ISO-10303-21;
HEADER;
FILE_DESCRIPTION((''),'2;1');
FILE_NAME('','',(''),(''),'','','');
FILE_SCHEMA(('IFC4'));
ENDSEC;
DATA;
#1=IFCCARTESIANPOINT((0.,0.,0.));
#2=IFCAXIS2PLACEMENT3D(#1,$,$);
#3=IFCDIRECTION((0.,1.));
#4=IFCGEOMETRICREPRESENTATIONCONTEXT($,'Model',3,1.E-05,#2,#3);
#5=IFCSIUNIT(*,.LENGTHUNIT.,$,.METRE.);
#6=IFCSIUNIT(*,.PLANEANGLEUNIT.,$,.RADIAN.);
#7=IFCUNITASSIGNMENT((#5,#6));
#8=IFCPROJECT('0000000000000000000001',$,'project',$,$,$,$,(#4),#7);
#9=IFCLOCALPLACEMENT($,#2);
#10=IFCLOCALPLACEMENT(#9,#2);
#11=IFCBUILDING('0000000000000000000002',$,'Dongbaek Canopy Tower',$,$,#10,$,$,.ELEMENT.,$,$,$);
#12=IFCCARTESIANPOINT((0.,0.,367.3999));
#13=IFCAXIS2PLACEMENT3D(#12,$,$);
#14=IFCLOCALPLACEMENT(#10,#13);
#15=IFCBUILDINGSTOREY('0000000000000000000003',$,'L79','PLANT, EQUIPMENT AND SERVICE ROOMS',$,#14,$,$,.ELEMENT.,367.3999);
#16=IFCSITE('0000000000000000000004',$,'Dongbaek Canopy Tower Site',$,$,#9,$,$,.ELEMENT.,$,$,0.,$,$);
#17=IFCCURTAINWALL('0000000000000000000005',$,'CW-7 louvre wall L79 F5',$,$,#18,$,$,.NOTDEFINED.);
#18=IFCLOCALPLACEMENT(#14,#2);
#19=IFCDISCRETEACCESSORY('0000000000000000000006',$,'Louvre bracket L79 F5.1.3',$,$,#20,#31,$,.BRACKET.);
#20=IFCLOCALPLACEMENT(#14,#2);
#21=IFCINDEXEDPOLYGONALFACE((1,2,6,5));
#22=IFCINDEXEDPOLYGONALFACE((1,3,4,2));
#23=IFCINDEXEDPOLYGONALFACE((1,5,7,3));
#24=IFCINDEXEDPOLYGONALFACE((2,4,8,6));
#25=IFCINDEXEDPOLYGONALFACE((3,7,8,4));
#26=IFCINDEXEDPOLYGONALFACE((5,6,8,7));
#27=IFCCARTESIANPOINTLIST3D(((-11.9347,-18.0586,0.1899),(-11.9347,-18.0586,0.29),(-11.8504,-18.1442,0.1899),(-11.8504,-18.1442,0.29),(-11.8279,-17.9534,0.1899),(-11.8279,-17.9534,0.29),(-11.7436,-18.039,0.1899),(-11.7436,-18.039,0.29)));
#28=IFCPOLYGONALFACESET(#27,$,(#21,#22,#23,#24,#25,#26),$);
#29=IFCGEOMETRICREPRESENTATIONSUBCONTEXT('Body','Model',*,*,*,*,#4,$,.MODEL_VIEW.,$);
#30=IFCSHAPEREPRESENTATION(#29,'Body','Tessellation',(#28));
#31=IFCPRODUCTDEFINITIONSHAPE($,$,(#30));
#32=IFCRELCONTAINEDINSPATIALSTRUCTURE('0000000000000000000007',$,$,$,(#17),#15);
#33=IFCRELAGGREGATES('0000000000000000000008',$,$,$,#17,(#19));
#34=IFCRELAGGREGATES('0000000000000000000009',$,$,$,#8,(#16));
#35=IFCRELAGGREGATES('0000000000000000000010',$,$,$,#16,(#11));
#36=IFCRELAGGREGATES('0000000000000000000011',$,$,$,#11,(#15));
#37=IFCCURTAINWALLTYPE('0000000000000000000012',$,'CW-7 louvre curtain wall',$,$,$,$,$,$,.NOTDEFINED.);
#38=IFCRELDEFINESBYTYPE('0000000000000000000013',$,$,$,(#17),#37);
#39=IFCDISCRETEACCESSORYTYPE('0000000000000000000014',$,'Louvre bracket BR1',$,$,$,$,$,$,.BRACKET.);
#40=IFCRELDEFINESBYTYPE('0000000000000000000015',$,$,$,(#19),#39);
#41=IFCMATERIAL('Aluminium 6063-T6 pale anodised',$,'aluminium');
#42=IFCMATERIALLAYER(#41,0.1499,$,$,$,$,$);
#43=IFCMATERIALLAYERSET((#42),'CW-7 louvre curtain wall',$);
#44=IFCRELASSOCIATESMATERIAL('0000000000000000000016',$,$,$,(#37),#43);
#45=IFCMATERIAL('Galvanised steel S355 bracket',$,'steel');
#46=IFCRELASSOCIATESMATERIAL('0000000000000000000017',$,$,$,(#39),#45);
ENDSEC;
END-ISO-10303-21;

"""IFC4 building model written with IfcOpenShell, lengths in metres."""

from ifc_helpers import new_model, si_unit, direction, frame, origin, origin_2d, place, context, subcontext, project, spatial, rectangle, extrude, material, layer, layer_set, type_object, element, aggregate, save


model = new_model("IFC4")

# Units and contexts
model_context = context("Model", 3, precision=1e-05, world=origin(), true_north=direction((0.0, 1.0)))
body_context = subcontext(model_context, "Body", "Model", "MODEL_VIEW")
ifc_project = project(units=[si_unit("LENGTHUNIT", "METRE"), si_unit("PLANEANGLEUNIT", "RADIAN")], contexts=[model_context])

# Site, building, storey
site_placement = place(None, origin())
site = spatial("IfcSite", under=ifc_project, at=site_placement, Name="Dongbaek Canopy Tower Site", CompositionType="ELEMENT", RefElevation=0.0)
building_placement = place(site_placement, origin())
building = spatial("IfcBuilding", under=site, at=building_placement, Name="Dongbaek Canopy Tower", CompositionType="ELEMENT")
storey_placement = place(building_placement, frame((0.0, 0.0, 367.3999)))
storey = spatial("IfcBuildingStorey", under=building, at=storey_placement, Name="L79", Description="PLANT, EQUIPMENT AND SERVICE ROOMS", CompositionType="ELEMENT", Elevation=367.3999)

# Shared definitions
ifc_material_1 = material(Name="Aluminium 6063-T6 pale anodised", Category="aluminium")
ifc_layer_1 = layer(ifc_material_1, 0.1499)
ifc_layer_set_1 = layer_set([ifc_layer_1], Name="CW-7 louvre curtain wall")
curtain_wall_type = type_object("IfcCurtainWallType", Name="CW-7 louvre curtain wall", PredefinedType="NOTDEFINED", material=ifc_layer_set_1)

# Curtain wall
curtain_wall_1_placement = place(storey_placement, origin())
curtain_wall_1 = element("IfcCurtainWall", 1, at=curtain_wall_1_placement, inside=storey, type_object=curtain_wall_type, Name="CW-7 louvre wall L79 F5", PredefinedType="NOTDEFINED")

# Discrete accessory
ifc_material_2 = material(Name="Galvanised steel S355 bracket", Category="steel")
discrete_accessory_type = type_object("IfcDiscreteAccessoryType", Name="Louvre bracket BR1", PredefinedType="BRACKET", material=ifc_material_2)
discrete_accessory_1_placement = place(storey_placement, frame((-11.8391, -18.0488, 0.1899), z_axis=(0.0, 0.0, 1.0), x_axis=(0.701718, -0.712455, 0.0)))
discrete_accessory_1 = element("IfcDiscreteAccessory", 2, at=discrete_accessory_1_placement, type_object=discrete_accessory_type, Name="Louvre bracket L79 F5.1.3", PredefinedType="BRACKET", context=body_context, shape_type="SweptSolid", body=[
    extrude(rectangle(XDim=0.1201, YDim=0.1499, at=origin_2d()), origin(), (0.0, 0.0, 1.0), 0.1001),
])
aggregate(curtain_wall_1, [discrete_accessory_1])

save(model, "model.ifc")
